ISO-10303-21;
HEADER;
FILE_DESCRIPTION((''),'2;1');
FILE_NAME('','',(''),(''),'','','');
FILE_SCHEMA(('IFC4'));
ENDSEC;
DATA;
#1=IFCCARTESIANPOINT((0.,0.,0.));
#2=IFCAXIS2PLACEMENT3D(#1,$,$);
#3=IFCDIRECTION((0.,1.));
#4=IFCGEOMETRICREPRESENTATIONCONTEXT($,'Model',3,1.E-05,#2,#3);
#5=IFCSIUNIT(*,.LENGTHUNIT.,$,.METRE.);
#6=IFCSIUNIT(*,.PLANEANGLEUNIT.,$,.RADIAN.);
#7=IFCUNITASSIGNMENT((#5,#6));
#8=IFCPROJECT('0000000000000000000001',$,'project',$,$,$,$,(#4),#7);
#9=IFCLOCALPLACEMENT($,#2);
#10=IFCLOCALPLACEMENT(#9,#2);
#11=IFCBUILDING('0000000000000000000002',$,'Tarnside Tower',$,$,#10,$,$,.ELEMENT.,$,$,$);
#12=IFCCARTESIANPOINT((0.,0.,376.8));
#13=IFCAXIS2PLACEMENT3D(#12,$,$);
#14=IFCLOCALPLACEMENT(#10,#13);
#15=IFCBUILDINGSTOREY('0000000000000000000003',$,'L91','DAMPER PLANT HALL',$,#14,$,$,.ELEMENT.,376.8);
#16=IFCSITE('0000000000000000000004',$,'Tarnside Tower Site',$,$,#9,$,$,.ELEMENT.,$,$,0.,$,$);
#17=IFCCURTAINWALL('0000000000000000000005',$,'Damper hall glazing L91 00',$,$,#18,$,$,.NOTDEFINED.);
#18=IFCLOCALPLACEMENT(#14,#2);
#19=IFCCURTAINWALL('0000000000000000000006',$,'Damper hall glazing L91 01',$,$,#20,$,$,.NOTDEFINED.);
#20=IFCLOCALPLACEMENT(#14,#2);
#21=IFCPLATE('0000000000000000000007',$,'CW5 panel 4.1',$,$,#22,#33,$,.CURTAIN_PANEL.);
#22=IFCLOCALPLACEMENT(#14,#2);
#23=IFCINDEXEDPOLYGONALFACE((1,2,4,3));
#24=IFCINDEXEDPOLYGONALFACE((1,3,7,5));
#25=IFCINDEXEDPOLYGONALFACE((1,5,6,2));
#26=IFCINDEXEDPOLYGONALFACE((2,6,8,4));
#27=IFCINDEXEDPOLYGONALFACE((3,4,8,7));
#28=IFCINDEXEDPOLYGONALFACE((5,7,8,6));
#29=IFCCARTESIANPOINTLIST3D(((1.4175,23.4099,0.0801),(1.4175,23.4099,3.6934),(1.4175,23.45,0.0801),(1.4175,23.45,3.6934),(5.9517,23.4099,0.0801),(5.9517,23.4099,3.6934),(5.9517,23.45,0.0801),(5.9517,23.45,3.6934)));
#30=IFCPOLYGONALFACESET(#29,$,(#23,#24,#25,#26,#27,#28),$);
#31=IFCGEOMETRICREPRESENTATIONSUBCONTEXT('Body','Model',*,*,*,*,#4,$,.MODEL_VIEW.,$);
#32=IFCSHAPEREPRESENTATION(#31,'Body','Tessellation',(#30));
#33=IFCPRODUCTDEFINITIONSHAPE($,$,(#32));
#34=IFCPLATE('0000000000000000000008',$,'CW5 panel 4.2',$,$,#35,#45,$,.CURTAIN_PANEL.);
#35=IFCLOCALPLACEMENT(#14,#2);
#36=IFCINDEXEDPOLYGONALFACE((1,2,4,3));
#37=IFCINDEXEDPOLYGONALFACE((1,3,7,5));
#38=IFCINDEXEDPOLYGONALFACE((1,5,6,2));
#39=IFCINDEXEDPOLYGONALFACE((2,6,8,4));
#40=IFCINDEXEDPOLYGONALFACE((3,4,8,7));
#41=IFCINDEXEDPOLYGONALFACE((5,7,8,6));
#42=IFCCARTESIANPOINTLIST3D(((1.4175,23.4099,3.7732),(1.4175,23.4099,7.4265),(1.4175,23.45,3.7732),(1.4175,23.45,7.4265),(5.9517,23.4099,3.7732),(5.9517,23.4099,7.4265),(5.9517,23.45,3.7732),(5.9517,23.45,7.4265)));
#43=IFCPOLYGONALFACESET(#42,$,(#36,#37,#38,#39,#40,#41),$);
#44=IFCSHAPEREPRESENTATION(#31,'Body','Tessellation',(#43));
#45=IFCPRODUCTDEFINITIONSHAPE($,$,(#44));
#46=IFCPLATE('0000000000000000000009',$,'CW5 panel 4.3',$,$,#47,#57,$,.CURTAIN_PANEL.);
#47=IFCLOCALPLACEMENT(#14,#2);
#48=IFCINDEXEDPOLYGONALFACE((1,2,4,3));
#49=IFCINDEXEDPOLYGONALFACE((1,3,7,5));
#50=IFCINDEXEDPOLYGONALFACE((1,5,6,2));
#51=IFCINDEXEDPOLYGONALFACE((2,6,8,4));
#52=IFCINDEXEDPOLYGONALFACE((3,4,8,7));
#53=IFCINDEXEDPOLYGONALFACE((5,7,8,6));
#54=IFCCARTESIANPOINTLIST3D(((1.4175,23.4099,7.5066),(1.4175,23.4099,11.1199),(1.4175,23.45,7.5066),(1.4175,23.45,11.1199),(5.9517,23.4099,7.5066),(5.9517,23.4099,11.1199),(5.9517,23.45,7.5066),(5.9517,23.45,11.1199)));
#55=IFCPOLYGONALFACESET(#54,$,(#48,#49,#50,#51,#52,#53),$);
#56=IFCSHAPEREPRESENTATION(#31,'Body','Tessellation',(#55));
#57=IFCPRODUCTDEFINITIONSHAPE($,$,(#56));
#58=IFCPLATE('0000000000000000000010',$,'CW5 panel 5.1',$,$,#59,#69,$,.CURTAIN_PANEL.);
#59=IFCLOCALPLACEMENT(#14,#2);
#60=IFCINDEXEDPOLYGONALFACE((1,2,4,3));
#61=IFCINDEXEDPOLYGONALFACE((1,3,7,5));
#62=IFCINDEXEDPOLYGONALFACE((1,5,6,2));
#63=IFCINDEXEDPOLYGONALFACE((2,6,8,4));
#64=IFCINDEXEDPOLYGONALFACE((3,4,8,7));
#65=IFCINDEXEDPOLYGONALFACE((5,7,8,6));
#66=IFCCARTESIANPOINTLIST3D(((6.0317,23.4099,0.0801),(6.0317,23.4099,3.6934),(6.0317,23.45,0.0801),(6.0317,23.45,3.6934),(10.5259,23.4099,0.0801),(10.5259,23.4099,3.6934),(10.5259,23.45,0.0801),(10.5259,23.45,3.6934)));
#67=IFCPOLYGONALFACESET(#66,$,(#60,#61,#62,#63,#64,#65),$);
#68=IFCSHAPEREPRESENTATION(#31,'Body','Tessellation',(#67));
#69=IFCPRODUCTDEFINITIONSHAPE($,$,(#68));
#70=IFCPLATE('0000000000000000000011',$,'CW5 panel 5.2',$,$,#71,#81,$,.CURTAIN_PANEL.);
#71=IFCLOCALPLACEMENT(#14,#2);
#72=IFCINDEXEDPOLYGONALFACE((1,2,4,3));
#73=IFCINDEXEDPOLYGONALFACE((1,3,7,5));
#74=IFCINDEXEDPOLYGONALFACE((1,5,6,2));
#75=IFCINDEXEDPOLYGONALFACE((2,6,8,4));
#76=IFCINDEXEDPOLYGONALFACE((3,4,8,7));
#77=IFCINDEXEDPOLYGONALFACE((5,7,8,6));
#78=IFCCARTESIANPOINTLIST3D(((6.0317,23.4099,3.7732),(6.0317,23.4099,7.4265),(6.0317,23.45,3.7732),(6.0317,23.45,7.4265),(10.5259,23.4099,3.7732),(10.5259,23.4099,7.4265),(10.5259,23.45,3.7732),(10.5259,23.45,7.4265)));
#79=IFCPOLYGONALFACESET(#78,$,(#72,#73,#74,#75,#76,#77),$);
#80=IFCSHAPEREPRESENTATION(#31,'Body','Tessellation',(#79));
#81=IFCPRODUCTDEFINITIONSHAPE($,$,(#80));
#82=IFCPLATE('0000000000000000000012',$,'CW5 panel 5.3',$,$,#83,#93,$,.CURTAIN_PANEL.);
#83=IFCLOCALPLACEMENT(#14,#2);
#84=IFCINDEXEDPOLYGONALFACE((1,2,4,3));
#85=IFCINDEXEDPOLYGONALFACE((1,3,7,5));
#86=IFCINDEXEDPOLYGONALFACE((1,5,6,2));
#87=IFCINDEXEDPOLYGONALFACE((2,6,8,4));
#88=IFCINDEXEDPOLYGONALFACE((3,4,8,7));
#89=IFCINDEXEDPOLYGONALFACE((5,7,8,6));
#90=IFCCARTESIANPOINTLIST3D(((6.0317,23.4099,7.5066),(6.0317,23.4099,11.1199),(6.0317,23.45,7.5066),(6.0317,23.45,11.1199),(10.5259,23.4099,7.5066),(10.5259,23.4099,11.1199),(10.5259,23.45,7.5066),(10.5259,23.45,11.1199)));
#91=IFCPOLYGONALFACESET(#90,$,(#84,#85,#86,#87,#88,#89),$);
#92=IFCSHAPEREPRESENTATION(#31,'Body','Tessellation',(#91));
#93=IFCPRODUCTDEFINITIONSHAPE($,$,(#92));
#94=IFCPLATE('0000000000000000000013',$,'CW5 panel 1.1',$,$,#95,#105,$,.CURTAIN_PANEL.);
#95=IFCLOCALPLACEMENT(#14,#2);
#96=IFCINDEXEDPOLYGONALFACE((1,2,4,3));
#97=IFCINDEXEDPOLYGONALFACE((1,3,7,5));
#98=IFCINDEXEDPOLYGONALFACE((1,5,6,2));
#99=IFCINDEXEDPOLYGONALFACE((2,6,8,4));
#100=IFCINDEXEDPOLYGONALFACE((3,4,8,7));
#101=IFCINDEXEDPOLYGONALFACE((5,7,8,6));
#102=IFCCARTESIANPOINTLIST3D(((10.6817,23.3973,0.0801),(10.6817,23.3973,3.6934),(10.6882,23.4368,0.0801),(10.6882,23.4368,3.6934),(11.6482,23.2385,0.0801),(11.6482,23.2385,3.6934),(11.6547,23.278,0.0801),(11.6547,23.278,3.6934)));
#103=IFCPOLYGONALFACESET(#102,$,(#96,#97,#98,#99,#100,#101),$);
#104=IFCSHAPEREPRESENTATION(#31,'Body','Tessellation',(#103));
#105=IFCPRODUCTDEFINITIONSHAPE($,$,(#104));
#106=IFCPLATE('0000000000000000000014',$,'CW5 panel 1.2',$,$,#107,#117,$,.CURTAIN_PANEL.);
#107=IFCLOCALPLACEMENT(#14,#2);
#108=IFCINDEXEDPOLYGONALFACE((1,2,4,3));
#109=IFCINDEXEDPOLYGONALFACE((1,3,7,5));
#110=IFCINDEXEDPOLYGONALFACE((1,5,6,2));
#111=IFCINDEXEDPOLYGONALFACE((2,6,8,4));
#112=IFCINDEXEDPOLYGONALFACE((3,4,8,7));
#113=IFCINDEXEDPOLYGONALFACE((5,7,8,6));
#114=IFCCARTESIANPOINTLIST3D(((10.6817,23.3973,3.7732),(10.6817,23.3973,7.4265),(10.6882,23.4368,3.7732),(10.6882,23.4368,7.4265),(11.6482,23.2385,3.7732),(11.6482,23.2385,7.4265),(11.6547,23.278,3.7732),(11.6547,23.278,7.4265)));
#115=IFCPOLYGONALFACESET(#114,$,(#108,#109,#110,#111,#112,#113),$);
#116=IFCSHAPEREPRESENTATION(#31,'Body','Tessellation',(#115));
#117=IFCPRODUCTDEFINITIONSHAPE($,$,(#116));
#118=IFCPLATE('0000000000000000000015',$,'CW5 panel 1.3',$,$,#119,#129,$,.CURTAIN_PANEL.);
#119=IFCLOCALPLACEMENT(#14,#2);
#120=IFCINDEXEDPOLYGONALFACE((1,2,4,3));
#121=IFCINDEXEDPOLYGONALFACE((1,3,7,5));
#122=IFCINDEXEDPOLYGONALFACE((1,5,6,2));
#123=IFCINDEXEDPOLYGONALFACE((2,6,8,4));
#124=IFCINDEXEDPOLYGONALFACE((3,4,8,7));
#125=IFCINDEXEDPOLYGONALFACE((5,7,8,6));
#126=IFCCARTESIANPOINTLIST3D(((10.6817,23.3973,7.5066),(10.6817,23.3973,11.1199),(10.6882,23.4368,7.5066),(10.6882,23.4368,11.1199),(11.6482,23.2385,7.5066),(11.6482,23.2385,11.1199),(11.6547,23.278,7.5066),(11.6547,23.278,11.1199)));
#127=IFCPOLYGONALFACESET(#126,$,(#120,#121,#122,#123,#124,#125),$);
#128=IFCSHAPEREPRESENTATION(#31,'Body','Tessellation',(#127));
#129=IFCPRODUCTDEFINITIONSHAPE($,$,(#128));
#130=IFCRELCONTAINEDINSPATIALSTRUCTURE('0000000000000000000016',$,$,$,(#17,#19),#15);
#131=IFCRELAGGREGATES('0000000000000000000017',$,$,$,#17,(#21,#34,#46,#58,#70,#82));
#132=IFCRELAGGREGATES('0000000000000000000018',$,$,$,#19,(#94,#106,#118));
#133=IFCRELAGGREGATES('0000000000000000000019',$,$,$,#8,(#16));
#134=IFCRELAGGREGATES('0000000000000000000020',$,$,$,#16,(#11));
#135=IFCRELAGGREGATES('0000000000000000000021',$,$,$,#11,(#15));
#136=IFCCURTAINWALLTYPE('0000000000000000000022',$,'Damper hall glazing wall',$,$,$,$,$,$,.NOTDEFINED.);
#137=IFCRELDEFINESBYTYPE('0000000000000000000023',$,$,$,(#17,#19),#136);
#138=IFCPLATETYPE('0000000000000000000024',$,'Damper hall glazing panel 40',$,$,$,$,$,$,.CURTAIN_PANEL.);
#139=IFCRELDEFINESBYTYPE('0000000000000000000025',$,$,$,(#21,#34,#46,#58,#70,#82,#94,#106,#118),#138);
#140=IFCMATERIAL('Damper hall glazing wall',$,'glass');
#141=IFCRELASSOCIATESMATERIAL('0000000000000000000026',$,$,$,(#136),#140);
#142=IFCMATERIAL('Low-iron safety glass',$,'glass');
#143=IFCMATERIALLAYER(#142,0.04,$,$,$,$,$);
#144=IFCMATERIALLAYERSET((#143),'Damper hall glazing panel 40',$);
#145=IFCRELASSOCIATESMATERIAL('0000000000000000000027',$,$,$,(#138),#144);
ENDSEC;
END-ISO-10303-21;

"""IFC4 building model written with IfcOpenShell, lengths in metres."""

from ifc_helpers import new_model, si_unit, direction, frame, origin, origin_2d, place, context, subcontext, project, spatial, rectangle, extrude, material, layer, layer_set, type_object, element, aggregate, save


model = new_model("IFC4")

# Units and contexts
model_context = context("Model", 3, precision=1e-05, world=origin(), true_north=direction((0.0, 1.0)))
body_context = subcontext(model_context, "Body", "Model", "MODEL_VIEW")
ifc_project = project(units=[si_unit("LENGTHUNIT", "METRE"), si_unit("PLANEANGLEUNIT", "RADIAN")], contexts=[model_context])

# Site, building, storey
site_placement = place(None, origin())
site = spatial("IfcSite", under=ifc_project, at=site_placement, Name="Tarnside Tower Site", CompositionType="ELEMENT", RefElevation=0.0)
building_placement = place(site_placement, origin())
building = spatial("IfcBuilding", under=site, at=building_placement, Name="Tarnside Tower", CompositionType="ELEMENT")
storey_placement = place(building_placement, frame((0.0, 0.0, 376.8)))
storey = spatial("IfcBuildingStorey", under=building, at=storey_placement, Name="L91", Description="DAMPER PLANT HALL", CompositionType="ELEMENT", Elevation=376.8)

# Curtain walls
ifc_material_1 = material(Name="Damper hall glazing wall", Category="glass")
curtain_wall_type = type_object("IfcCurtainWallType", Name="Damper hall glazing wall", PredefinedType="NOTDEFINED", material=ifc_material_1)
curtain_wall_1_placement = place(storey_placement, origin())
curtain_wall_1 = element("IfcCurtainWall", 1, at=curtain_wall_1_placement, inside=storey, type_object=curtain_wall_type, Name="Damper hall glazing L91 00", PredefinedType="NOTDEFINED")
curtain_wall_2_placement = place(storey_placement, origin())
curtain_wall_2 = element("IfcCurtainWall", 2, at=curtain_wall_2_placement, inside=storey, type_object=curtain_wall_type, Name="Damper hall glazing L91 01", PredefinedType="NOTDEFINED")

# Plates
ifc_material_2 = material(Name="Low-iron safety glass", Category="glass")
ifc_layer = layer(ifc_material_2, 0.04)
ifc_layer_set = layer_set([ifc_layer], Name="Damper hall glazing panel 40")
plate_type = type_object("IfcPlateType", Name="Damper hall glazing panel 40", PredefinedType="CURTAIN_PANEL", material=ifc_layer_set)
plate_1_placement = place(storey_placement, frame((3.6846, 23.4299, 0.0801), z_axis=(0.0, 0.0, 1.0), x_axis=(1.0, 0.0, 0.0)))
plate_1 = element("IfcPlate", 3, at=plate_1_placement, type_object=plate_type, Name="CW5 panel 4.1", PredefinedType="CURTAIN_PANEL", context=body_context, shape_type="SweptSolid", body=[
    extrude(rectangle(XDim=4.5342, YDim=0.04, at=origin_2d()), origin(), (0.0, 0.0, 1.0), 3.6133),
])
plate_2_placement = place(storey_placement, frame((3.6846, 23.4299, 3.7732), z_axis=(0.0, 0.0, 1.0), x_axis=(1.0, 0.0, 0.0)))
plate_2 = element("IfcPlate", 4, at=plate_2_placement, type_object=plate_type, Name="CW5 panel 4.2", PredefinedType="CURTAIN_PANEL", context=body_context, shape_type="SweptSolid", body=[
    extrude(rectangle(XDim=4.5342, YDim=0.04, at=origin_2d()), origin(), (0.0, 0.0, 1.0), 3.6533),
])
plate_3_placement = place(storey_placement, frame((3.6846, 23.4299, 7.5066), z_axis=(0.0, 0.0, 1.0), x_axis=(1.0, 0.0, 0.0)))
plate_3 = element("IfcPlate", 5, at=plate_3_placement, type_object=plate_type, Name="CW5 panel 4.3", PredefinedType="CURTAIN_PANEL", context=body_context, shape_type="SweptSolid", body=[
    extrude(rectangle(XDim=4.5342, YDim=0.04, at=origin_2d()), origin(), (0.0, 0.0, 1.0), 3.6133),
])
plate_4_placement = place(storey_placement, frame((8.2788, 23.4299, 0.0801), z_axis=(0.0, 0.0, 1.0), x_axis=(1.0, 0.0, 0.0)))
plate_4 = element("IfcPlate", 6, at=plate_4_placement, type_object=plate_type, Name="CW5 panel 5.1", PredefinedType="CURTAIN_PANEL", context=body_context, shape_type="SweptSolid", body=[
    extrude(rectangle(XDim=4.4941, YDim=0.04, at=origin_2d()), origin(), (0.0, 0.0, 1.0), 3.6133),
])
plate_5_placement = place(storey_placement, frame((8.2788, 23.4299, 3.7732), z_axis=(0.0, 0.0, 1.0), x_axis=(1.0, 0.0, 0.0)))
plate_5 = element("IfcPlate", 7, at=plate_5_placement, type_object=plate_type, Name="CW5 panel 5.2", PredefinedType="CURTAIN_PANEL", context=body_context, shape_type="SweptSolid", body=[
    extrude(rectangle(XDim=4.4941, YDim=0.04, at=origin_2d()), origin(), (0.0, 0.0, 1.0), 3.6533),
])
plate_6_placement = place(storey_placement, frame((8.2788, 23.4299, 7.5066), z_axis=(0.0, 0.0, 1.0), x_axis=(1.0, 0.0, 0.0)))
plate_6 = element("IfcPlate", 8, at=plate_6_placement, type_object=plate_type, Name="CW5 panel 5.3", PredefinedType="CURTAIN_PANEL", context=body_context, shape_type="SweptSolid", body=[
    extrude(rectangle(XDim=4.4941, YDim=0.04, at=origin_2d()), origin(), (0.0, 0.0, 1.0), 3.6133),
])
aggregate(curtain_wall_1, [plate_1, plate_2, plate_3, plate_4, plate_5, plate_6])
plate_7_placement = place(storey_placement, frame((11.1682, 23.3376, 0.0801), z_axis=(0.0, 0.0, 1.0), x_axis=(0.986762, -0.162178, 0.0)))
plate_7 = element("IfcPlate", 9, at=plate_7_placement, type_object=plate_type, Name="CW5 panel 1.1", PredefinedType="CURTAIN_PANEL", context=body_context, shape_type="SweptSolid", body=[
    extrude(rectangle(XDim=0.9795, YDim=0.04, at=origin_2d()), origin(), (0.0, 0.0, 1.0), 3.6133),
])
plate_8_placement = place(storey_placement, frame((11.1682, 23.3376, 3.7732), z_axis=(0.0, 0.0, 1.0), x_axis=(0.986762, -0.162178, 0.0)))
plate_8 = element("IfcPlate", 10, at=plate_8_placement, type_object=plate_type, Name="CW5 panel 1.2", PredefinedType="CURTAIN_PANEL", context=body_context, shape_type="SweptSolid", body=[
    extrude(rectangle(XDim=0.9795, YDim=0.04, at=origin_2d()), origin(), (0.0, 0.0, 1.0), 3.6533),
])
plate_9_placement = place(storey_placement, frame((11.1682, 23.3376, 7.5066), z_axis=(0.0, 0.0, 1.0), x_axis=(0.986762, -0.162178, 0.0)))
plate_9 = element("IfcPlate", 11, at=plate_9_placement, type_object=plate_type, Name="CW5 panel 1.3", PredefinedType="CURTAIN_PANEL", context=body_context, shape_type="SweptSolid", body=[
    extrude(rectangle(XDim=0.9795, YDim=0.04, at=origin_2d()), origin(), (0.0, 0.0, 1.0), 3.6133),
])
aggregate(curtain_wall_2, [plate_7, plate_8, plate_9])

save(model, "model.ifc")
